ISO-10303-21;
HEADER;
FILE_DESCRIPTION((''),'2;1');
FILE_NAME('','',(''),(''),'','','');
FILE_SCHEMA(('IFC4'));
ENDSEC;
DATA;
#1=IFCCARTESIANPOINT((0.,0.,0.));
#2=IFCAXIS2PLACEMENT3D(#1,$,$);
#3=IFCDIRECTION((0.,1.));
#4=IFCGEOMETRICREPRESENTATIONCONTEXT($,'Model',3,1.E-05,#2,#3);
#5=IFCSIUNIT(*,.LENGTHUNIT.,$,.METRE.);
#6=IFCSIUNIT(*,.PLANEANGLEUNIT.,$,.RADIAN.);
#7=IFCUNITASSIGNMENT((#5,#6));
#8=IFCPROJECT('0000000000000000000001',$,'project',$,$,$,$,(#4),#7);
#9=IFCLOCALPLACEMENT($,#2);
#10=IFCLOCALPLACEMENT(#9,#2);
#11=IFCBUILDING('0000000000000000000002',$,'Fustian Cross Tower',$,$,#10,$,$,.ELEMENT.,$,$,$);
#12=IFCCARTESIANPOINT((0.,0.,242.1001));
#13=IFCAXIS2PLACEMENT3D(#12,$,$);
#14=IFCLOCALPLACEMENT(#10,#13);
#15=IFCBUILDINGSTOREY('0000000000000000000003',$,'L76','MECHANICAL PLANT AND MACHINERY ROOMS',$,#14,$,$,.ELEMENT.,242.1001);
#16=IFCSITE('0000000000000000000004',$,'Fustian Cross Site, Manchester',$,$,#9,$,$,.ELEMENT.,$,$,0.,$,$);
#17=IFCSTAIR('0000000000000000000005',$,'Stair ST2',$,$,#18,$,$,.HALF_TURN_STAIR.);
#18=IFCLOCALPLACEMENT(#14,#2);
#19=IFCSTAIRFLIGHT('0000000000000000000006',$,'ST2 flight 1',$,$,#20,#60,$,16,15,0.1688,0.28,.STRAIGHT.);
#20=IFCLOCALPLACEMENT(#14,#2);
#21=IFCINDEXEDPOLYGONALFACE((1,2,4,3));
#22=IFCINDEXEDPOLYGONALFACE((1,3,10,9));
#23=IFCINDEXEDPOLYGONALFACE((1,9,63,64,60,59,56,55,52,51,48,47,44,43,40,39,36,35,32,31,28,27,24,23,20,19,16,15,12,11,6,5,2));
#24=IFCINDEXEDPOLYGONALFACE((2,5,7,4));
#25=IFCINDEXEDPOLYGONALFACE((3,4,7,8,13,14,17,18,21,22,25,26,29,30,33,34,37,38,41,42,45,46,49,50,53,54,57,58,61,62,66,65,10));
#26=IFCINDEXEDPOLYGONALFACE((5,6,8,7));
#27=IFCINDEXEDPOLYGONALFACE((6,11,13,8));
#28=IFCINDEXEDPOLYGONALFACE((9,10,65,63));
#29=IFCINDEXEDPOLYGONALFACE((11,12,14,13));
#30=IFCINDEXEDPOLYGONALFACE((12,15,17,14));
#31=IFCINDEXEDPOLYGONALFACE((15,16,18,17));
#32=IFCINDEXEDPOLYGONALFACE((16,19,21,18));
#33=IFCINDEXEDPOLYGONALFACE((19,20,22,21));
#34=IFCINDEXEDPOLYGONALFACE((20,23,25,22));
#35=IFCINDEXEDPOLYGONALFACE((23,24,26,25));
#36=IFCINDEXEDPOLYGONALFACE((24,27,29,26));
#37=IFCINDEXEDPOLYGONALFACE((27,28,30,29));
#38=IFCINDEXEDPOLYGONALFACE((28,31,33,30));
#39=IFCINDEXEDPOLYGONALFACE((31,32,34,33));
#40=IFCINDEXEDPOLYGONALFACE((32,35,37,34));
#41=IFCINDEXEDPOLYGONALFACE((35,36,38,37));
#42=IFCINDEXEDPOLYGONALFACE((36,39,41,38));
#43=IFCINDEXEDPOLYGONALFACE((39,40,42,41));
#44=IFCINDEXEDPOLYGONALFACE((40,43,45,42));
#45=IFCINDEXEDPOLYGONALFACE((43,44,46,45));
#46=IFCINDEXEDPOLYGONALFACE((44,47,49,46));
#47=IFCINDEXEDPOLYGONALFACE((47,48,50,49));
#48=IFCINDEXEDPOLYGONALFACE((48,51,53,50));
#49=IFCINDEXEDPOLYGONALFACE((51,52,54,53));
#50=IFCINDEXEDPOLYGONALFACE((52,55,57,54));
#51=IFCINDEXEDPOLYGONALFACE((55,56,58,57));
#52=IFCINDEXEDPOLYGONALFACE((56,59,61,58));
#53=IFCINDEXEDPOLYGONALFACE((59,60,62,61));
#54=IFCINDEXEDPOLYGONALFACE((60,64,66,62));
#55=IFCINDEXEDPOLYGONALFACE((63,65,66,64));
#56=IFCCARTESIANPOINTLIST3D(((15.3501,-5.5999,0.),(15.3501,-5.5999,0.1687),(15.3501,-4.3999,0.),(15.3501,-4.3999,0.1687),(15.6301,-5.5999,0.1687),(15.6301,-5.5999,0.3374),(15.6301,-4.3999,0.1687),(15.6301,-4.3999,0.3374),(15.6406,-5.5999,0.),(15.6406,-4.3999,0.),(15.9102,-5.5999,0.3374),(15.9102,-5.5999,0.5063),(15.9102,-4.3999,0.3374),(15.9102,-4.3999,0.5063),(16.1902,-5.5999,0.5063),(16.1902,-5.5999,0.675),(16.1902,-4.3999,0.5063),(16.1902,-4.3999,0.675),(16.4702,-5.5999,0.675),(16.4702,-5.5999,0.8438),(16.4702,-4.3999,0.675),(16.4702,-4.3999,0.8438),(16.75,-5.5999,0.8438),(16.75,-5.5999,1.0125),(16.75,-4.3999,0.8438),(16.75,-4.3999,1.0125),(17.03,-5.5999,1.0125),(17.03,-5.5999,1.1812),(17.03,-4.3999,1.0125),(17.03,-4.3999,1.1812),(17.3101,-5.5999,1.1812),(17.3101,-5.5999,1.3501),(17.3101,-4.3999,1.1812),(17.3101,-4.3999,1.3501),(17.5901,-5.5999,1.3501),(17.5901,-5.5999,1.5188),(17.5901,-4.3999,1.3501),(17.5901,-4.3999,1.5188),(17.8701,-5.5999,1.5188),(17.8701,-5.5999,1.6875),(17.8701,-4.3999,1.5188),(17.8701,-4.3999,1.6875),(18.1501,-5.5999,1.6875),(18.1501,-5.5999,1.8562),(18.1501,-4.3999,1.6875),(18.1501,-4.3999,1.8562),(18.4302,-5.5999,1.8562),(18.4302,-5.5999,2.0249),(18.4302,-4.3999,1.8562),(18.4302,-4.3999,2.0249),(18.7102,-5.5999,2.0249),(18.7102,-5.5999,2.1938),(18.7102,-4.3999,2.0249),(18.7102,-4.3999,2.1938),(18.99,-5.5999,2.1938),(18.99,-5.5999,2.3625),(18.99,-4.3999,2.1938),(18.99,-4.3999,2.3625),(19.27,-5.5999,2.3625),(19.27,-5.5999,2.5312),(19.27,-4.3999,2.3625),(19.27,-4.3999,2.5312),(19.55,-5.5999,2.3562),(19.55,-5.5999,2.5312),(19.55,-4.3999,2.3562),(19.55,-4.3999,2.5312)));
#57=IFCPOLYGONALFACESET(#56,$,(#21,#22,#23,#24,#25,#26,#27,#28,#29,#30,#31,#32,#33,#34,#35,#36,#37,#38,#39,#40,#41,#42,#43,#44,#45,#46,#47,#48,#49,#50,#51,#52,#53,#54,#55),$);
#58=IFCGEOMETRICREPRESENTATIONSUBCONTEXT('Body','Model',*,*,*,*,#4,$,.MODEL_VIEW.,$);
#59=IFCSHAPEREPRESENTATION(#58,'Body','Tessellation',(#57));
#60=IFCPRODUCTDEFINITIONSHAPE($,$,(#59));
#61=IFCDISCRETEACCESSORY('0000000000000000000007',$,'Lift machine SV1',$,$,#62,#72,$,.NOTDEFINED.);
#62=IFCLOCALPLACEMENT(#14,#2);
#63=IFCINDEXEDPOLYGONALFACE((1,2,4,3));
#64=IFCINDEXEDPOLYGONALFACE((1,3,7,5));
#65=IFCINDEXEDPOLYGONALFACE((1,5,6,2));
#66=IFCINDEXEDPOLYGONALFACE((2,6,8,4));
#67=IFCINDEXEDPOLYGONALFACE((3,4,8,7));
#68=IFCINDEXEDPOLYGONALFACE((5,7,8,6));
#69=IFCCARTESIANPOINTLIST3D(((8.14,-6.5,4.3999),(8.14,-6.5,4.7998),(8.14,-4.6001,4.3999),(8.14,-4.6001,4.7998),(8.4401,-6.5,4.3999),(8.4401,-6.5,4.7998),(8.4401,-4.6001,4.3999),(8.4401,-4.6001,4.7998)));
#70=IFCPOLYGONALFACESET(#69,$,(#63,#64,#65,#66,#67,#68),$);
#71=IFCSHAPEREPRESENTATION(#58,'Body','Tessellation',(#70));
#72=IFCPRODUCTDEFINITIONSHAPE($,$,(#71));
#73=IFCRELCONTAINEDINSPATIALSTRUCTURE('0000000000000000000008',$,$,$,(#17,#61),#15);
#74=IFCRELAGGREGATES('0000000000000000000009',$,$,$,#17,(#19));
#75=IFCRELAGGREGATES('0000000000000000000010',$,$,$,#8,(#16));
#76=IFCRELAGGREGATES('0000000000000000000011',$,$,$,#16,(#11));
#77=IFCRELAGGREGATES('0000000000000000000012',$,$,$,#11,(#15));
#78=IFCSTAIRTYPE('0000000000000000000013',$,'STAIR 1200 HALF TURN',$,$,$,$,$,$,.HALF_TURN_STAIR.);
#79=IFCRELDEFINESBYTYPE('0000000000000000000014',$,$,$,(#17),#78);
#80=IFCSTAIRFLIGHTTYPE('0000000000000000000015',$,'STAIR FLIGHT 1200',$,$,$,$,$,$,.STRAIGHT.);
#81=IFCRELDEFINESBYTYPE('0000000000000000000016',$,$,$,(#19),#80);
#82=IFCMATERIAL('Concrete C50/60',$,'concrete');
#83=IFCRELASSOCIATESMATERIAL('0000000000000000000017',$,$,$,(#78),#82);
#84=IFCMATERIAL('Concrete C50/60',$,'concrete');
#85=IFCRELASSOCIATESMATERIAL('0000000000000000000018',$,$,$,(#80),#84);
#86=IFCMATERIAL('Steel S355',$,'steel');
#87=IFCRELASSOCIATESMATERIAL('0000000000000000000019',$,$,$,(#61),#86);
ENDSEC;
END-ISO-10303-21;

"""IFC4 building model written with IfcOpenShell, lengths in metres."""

from ifc_helpers import new_model, si_unit, direction, frame, origin, origin_2d, place, context, subcontext, project, spatial, polyline, rectangle, outline, extrude, material, type_object, element, aggregate, save


model = new_model("IFC4")

# Units and contexts
model_context = context("Model", 3, precision=1e-05, world=origin(), true_north=direction((0.0, 1.0)))
body_context = subcontext(model_context, "Body", "Model", "MODEL_VIEW")
ifc_project = project(units=[si_unit("LENGTHUNIT", "METRE"), si_unit("PLANEANGLEUNIT", "RADIAN")], contexts=[model_context])

# Site, building, storey
site_placement = place(None, origin())
site = spatial("IfcSite", under=ifc_project, at=site_placement, Name="Fustian Cross Site, Manchester", CompositionType="ELEMENT", RefElevation=0.0)
building_placement = place(site_placement, origin())
building = spatial("IfcBuilding", under=site, at=building_placement, Name="Fustian Cross Tower", CompositionType="ELEMENT")
storey_placement = place(building_placement, frame((0.0, 0.0, 242.1001)))
storey = spatial("IfcBuildingStorey", under=building, at=storey_placement, Name="L76", Description="MECHANICAL PLANT AND MACHINERY ROOMS", CompositionType="ELEMENT", Elevation=242.1001)

# Stair, stair flight
ifc_material_1 = material(Name="Concrete C50/60", Category="concrete")
stair_type = type_object("IfcStairType", Name="STAIR 1200 HALF TURN", PredefinedType="HALF_TURN_STAIR", material=ifc_material_1)
stair_placement = place(storey_placement, origin())
stair = element("IfcStair", 1, at=stair_placement, inside=storey, type_object=stair_type, Name="Stair ST2", PredefinedType="HALF_TURN_STAIR")
ifc_material_2 = material(Name="Concrete C50/60", Category="concrete")
stair_flight_type = type_object("IfcStairFlightType", Name="STAIR FLIGHT 1200", PredefinedType="STRAIGHT", material=ifc_material_2)
stair_flight_placement = place(storey_placement, frame((15.3501, -5.0, 0.0), z_axis=(0.0, 0.0, 1.0), x_axis=(1.0, 0.0, 0.0)))
stair_flight = element("IfcStairFlight", 2, at=stair_flight_placement, type_object=stair_flight_type, Name="ST2 flight 1", NumberOfRisers=16, NumberOfTreads=15, PredefinedType="STRAIGHT", RiserHeight=0.1688, TreadLength=0.28, context=body_context, shape_type="SweptSolid", body=[
    extrude(outline(polyline([(0.0, 0.0), (0.0, 0.1687), (0.28, 0.1687), (0.28, 0.3374), (0.5601, 0.3374), (0.5601, 0.5063), (0.8401, 0.5063), (0.8401, 0.675), (1.1201, 0.675), (1.1201, 0.8438), (1.3999, 0.8438), (1.3999, 1.0125), (1.6799, 1.0125), (1.6799, 1.1812), (1.96, 1.1812), (1.96, 1.3501), (2.24, 1.3501), (2.24, 1.5188), (2.52, 1.5188), (2.52, 1.6875), (2.8, 1.6875), (2.8, 1.8562), (3.0801, 1.8562), (3.0801, 2.0249), (3.3601, 2.0249), (3.3601, 2.1938), (3.6399, 2.1938), (3.6399, 2.3625), (3.9199, 2.3625), (3.9199, 2.5312), (4.2, 2.5312), (4.2, 2.7), (4.2, 2.3562), (0.2905, 0.0), (0.0, 0.0)])), frame((0.0, 0.6001, 0.0), z_axis=(0.0, -1.0, 0.0), x_axis=(1.0, 0.0, 0.0)), (0.0, 0.0, 1.0), 1.2),
])
aggregate(stair, [stair_flight])

# Discrete accessory
ifc_material_3 = material(Name="Steel S355", Category="steel")
discrete_accessory_placement = place(storey_placement, frame((8.29, -5.55, 4.3999), z_axis=(0.0, 0.0, 1.0), x_axis=(1.0, 0.0, 0.0)))
element("IfcDiscreteAccessory", 3, at=discrete_accessory_placement, inside=storey, material=ifc_material_3, Name="Lift machine SV1", PredefinedType="NOTDEFINED", context=body_context, shape_type="SweptSolid", body=[
    extrude(rectangle(XDim=0.3, YDim=1.8999, at=origin_2d()), origin(), (0.0, 0.0, 1.0), 0.3999),
])

save(model, "model.ifc")
